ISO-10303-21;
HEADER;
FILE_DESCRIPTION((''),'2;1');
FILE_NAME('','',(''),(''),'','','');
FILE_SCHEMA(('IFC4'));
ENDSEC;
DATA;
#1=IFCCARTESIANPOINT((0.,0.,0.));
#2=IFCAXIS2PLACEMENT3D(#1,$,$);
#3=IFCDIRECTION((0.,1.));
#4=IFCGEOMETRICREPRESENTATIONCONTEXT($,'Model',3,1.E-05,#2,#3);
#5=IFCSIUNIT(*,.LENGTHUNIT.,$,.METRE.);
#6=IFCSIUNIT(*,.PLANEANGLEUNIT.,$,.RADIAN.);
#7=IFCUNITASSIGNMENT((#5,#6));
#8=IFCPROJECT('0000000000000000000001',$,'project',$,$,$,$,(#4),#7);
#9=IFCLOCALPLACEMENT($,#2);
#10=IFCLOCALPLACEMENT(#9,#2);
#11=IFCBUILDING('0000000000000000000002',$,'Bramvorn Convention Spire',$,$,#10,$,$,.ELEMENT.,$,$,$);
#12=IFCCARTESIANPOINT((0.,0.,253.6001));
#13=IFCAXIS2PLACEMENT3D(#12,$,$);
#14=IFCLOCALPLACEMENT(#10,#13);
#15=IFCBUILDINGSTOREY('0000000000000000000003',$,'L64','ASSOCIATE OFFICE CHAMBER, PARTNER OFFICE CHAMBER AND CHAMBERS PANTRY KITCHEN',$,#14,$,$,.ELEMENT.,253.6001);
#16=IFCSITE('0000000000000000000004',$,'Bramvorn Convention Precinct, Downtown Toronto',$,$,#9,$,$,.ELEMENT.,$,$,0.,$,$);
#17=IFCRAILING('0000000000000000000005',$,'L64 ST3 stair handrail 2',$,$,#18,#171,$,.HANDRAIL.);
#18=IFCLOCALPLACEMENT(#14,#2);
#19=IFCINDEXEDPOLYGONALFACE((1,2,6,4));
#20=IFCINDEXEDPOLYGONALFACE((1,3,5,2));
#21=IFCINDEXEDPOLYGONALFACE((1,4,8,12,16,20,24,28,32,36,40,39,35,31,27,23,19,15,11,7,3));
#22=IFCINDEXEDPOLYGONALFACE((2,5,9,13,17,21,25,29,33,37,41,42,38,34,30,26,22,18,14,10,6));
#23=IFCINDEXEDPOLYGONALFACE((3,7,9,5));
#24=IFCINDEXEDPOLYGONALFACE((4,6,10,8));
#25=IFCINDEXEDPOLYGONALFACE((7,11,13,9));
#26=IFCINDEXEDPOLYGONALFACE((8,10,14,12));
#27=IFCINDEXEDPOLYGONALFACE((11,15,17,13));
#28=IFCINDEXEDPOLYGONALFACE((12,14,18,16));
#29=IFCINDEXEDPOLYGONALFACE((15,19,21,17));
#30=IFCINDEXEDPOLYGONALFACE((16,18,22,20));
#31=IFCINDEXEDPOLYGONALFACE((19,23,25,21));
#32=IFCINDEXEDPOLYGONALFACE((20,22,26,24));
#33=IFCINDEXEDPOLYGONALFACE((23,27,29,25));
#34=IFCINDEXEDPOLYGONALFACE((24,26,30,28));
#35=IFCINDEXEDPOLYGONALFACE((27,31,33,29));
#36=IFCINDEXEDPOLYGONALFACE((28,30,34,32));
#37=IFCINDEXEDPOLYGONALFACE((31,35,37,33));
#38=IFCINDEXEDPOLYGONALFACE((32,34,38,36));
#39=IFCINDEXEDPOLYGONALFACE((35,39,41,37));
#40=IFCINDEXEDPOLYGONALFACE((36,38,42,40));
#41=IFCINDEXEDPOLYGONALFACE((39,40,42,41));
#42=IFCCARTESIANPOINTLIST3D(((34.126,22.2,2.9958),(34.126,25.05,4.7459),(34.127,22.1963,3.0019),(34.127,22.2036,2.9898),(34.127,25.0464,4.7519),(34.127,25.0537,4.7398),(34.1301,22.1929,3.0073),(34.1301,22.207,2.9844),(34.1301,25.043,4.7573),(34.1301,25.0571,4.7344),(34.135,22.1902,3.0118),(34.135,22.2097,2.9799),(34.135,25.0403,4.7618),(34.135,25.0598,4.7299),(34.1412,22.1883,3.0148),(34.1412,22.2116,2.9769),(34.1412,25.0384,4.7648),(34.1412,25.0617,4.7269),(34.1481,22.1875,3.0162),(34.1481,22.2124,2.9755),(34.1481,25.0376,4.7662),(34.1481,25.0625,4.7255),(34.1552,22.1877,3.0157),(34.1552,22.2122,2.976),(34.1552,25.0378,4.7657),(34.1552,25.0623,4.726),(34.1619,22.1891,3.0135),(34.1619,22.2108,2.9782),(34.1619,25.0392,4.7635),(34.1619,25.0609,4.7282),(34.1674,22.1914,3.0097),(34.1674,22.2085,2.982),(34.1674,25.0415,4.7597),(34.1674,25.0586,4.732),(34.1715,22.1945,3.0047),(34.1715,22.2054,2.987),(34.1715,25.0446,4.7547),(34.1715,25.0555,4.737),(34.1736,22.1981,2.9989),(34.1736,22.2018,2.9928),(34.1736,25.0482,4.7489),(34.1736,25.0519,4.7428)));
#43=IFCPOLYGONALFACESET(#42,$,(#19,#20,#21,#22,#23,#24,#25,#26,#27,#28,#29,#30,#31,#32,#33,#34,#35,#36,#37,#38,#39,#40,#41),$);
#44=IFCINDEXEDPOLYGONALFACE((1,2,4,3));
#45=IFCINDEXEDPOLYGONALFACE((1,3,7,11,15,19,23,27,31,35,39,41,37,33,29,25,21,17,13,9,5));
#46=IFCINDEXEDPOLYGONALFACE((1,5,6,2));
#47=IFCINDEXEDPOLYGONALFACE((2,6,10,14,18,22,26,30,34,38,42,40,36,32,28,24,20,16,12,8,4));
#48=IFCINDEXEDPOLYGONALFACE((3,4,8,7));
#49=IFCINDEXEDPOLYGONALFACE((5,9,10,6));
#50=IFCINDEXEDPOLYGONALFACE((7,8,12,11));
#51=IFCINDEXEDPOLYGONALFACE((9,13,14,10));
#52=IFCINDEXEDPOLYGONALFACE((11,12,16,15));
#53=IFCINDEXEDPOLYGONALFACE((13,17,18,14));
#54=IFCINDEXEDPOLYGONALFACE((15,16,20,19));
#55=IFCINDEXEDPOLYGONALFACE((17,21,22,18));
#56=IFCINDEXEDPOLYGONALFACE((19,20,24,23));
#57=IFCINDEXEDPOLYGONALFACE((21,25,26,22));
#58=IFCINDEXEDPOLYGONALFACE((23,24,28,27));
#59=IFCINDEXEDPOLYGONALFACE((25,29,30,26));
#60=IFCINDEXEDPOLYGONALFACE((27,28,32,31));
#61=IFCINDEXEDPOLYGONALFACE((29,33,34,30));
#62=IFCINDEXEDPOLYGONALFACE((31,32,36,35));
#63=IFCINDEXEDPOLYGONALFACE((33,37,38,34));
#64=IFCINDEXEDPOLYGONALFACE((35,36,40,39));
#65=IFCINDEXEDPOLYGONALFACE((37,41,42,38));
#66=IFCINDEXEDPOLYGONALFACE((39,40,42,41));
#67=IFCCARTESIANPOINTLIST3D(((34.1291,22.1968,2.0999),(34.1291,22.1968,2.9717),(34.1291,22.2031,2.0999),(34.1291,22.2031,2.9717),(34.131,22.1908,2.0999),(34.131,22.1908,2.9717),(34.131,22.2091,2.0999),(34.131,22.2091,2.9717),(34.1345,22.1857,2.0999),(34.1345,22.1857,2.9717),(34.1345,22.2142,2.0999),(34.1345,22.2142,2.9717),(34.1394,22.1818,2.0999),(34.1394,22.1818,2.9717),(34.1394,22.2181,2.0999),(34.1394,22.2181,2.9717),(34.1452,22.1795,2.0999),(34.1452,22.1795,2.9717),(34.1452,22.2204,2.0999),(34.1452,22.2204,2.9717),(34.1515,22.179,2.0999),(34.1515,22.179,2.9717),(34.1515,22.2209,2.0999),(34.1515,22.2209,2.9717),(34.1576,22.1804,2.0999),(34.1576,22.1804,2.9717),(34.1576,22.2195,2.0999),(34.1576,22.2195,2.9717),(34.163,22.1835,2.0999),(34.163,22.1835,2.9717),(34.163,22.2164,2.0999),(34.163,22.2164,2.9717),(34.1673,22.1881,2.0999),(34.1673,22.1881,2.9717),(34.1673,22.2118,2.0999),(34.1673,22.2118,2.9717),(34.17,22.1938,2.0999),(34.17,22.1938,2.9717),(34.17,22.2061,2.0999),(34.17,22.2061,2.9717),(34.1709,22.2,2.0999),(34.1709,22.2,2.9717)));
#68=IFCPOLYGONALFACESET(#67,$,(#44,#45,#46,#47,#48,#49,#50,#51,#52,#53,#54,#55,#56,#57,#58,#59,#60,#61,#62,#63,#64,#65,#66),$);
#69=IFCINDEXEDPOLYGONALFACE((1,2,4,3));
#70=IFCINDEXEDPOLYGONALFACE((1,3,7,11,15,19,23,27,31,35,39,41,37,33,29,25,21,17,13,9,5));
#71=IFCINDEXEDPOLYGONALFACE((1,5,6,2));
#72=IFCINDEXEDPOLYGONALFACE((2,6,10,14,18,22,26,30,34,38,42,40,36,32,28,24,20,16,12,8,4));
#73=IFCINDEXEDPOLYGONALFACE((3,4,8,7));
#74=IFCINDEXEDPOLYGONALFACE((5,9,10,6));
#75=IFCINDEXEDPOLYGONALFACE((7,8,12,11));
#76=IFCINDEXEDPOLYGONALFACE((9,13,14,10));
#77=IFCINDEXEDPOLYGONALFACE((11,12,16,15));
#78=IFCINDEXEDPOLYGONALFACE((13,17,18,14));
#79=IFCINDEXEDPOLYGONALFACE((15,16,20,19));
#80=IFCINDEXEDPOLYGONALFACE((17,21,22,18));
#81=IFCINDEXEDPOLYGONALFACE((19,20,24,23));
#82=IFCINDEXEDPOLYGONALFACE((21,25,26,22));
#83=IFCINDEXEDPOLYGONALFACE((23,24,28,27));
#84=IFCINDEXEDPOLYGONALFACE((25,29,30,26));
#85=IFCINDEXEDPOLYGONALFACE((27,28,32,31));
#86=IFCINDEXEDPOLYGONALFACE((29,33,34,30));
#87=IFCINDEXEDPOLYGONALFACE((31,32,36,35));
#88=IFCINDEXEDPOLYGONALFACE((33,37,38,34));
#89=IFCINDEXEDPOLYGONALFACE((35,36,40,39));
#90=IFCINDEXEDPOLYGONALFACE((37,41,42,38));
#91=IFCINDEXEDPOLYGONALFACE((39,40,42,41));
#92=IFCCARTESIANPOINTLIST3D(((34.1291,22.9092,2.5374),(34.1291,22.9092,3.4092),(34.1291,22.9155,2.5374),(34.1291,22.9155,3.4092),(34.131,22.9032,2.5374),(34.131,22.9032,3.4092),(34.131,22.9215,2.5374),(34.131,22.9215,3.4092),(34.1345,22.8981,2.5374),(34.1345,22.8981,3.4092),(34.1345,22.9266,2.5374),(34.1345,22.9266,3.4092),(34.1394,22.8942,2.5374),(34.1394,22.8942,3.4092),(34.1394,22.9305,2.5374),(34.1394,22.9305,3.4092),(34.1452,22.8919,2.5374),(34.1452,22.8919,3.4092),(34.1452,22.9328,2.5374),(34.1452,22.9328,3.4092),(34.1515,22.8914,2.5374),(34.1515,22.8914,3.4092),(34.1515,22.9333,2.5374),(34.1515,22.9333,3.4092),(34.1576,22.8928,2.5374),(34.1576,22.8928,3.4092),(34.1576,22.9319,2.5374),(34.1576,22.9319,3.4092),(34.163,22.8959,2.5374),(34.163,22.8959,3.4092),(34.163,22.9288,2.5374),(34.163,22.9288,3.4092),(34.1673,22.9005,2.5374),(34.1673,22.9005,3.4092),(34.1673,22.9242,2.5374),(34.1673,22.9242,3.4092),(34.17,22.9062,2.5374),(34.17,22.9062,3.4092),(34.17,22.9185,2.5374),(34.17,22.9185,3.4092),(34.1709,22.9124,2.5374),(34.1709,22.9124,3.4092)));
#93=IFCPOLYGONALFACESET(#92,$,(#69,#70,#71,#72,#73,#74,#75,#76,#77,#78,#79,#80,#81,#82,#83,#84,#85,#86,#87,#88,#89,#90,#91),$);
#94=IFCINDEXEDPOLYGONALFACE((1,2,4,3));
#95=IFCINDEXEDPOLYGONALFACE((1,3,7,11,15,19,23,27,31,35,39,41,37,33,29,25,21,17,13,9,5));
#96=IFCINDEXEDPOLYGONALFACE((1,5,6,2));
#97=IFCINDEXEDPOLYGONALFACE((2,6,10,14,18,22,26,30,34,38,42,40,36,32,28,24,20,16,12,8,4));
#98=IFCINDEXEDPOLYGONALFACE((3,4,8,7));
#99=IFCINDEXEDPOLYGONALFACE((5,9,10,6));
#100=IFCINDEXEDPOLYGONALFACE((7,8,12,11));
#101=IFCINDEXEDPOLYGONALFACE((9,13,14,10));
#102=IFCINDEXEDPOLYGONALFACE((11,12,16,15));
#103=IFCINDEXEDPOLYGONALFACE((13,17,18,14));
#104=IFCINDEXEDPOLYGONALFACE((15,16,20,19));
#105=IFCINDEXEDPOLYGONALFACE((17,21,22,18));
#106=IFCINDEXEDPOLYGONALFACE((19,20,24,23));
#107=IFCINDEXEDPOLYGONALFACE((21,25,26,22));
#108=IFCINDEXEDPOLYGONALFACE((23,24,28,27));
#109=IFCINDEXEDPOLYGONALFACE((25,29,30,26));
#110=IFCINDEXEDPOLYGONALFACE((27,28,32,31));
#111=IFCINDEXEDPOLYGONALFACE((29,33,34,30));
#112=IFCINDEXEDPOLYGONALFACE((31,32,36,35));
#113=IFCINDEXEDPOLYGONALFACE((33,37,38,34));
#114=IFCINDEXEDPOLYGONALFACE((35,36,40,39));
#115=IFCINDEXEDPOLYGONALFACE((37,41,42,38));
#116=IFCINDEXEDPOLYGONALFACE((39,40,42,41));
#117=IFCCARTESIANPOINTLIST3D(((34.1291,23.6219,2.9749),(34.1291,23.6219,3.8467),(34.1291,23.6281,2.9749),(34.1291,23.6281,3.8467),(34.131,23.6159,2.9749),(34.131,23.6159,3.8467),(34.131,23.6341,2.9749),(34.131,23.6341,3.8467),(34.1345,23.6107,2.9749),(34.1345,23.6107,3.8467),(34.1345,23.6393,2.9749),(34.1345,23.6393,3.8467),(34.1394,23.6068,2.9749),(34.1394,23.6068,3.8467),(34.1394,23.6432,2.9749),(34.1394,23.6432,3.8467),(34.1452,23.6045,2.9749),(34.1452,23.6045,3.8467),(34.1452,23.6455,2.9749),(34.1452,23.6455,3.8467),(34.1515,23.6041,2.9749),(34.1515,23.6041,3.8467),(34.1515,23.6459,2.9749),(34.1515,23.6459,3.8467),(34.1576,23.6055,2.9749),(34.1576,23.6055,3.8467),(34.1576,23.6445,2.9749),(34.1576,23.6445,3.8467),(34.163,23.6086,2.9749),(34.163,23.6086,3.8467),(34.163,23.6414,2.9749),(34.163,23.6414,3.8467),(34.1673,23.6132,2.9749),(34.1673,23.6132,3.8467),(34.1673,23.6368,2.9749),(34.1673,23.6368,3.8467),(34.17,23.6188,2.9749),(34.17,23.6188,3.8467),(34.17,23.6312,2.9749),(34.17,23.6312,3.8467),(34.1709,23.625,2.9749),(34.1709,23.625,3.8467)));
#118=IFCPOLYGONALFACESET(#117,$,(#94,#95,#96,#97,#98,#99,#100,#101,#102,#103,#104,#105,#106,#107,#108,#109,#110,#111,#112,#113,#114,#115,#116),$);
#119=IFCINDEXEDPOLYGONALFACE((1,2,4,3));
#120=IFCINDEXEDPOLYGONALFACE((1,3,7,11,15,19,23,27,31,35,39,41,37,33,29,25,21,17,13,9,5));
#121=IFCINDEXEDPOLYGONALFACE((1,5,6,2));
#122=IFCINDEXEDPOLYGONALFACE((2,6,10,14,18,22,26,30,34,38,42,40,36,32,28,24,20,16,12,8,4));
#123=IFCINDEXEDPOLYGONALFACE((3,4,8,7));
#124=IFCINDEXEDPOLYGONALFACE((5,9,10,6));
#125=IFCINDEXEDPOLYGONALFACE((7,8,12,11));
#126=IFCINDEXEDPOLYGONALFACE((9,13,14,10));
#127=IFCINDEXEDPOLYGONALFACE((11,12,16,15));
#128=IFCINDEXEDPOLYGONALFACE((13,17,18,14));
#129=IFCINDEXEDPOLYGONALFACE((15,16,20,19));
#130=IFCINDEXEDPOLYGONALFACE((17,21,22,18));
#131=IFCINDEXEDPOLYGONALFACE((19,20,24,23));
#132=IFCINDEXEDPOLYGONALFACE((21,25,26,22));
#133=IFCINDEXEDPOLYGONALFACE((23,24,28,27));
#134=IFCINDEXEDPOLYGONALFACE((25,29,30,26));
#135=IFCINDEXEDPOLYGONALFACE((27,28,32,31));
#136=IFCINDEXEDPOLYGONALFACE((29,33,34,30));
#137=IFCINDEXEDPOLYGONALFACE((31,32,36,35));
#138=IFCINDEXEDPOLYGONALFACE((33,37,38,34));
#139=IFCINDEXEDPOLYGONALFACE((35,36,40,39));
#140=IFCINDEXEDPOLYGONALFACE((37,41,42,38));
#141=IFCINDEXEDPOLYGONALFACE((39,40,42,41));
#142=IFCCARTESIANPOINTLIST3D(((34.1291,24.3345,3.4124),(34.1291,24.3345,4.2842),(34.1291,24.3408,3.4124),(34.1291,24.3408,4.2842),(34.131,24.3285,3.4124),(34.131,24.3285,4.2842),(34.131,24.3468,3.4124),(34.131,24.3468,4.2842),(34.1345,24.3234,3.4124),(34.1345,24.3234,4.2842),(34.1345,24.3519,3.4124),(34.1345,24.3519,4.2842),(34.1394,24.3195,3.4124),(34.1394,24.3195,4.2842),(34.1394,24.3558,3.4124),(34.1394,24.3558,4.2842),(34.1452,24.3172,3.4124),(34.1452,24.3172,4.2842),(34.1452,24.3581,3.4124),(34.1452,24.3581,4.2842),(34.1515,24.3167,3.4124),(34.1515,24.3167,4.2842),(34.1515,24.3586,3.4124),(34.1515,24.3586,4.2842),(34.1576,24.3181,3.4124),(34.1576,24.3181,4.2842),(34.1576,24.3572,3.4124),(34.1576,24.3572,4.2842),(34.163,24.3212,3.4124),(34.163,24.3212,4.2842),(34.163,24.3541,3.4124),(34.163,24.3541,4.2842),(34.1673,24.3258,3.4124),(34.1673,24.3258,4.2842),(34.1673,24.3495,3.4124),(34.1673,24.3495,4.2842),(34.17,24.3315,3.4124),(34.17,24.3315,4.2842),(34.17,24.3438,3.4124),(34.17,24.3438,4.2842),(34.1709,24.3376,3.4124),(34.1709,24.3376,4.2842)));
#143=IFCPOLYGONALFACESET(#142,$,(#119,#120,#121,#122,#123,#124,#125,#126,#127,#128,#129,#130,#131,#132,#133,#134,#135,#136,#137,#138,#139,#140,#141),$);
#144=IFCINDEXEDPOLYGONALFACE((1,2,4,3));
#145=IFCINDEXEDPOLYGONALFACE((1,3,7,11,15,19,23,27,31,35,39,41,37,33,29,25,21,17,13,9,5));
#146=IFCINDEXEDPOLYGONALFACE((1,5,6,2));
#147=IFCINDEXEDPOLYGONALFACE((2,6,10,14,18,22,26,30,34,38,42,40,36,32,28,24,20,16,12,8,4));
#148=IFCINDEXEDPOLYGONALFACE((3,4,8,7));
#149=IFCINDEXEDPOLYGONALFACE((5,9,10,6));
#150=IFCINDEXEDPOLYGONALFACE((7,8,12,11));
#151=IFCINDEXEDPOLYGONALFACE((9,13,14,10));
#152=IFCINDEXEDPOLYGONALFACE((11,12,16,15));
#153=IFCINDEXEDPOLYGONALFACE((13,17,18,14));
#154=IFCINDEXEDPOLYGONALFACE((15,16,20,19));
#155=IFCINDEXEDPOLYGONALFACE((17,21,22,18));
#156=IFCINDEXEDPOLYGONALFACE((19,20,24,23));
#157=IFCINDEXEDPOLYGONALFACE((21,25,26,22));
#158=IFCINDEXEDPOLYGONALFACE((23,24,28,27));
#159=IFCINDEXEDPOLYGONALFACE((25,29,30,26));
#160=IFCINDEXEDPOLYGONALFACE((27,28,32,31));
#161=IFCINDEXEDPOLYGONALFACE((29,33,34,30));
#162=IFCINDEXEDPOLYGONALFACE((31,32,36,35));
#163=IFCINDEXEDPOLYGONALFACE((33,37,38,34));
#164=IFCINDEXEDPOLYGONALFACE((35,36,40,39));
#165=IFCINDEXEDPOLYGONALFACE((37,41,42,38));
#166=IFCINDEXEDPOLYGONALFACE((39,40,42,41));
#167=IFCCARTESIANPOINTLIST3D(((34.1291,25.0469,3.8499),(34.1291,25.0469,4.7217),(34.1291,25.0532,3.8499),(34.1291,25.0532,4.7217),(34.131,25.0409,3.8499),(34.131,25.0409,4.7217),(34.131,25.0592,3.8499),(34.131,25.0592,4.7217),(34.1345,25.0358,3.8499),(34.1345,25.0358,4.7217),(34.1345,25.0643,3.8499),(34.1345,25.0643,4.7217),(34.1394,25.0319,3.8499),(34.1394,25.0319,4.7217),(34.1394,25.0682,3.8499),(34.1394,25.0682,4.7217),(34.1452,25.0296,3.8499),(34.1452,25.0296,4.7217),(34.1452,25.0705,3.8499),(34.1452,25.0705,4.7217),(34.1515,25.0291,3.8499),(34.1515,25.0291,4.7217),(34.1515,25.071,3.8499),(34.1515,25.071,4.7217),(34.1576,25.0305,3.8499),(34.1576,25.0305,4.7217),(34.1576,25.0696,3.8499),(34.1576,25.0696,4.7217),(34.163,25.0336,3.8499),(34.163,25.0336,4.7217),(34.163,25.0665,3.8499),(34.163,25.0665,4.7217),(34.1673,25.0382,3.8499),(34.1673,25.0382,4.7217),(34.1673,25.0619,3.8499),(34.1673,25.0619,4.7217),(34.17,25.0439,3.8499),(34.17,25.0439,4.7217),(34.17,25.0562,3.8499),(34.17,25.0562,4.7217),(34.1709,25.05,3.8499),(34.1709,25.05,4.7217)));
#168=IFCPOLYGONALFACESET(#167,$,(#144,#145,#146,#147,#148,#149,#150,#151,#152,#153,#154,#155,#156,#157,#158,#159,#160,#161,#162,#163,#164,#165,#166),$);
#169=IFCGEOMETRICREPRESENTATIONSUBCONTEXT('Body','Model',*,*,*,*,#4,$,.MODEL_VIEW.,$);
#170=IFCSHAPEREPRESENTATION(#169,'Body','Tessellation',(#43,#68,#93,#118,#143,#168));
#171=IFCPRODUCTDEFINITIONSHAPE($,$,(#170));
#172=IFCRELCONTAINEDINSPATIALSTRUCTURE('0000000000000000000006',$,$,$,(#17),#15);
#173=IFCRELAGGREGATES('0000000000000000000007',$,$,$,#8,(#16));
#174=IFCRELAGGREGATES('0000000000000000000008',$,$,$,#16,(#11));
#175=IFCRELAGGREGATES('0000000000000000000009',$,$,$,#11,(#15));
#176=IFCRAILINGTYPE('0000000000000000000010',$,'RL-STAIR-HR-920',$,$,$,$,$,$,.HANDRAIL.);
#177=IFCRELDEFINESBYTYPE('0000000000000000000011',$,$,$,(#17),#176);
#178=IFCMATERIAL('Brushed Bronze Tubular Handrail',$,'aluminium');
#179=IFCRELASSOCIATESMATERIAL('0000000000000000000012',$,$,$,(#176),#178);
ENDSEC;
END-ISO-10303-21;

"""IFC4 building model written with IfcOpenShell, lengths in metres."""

from ifc_helpers import new_model, si_unit, direction, frame, origin, origin_2d, place, context, subcontext, project, spatial, circle, extrude, material, type_object, element, save


model = new_model("IFC4")

# Units and contexts
model_context = context("Model", 3, precision=1e-05, world=origin(), true_north=direction((0.0, 1.0)))
body_context = subcontext(model_context, "Body", "Model", "MODEL_VIEW")
ifc_project = project(units=[si_unit("LENGTHUNIT", "METRE"), si_unit("PLANEANGLEUNIT", "RADIAN")], contexts=[model_context])

# Site, building, storey
site_placement = place(None, origin())
site = spatial("IfcSite", under=ifc_project, at=site_placement, Name="Bramvorn Convention Precinct, Downtown Toronto", CompositionType="ELEMENT", RefElevation=0.0)
building_placement = place(site_placement, origin())
building = spatial("IfcBuilding", under=site, at=building_placement, Name="Bramvorn Convention Spire", CompositionType="ELEMENT")
storey_placement = place(building_placement, frame((0.0, 0.0, 253.6001)))
storey = spatial("IfcBuildingStorey", under=building, at=storey_placement, Name="L64", Description="ASSOCIATE OFFICE CHAMBER, PARTNER OFFICE CHAMBER AND CHAMBERS PANTRY KITCHEN", CompositionType="ELEMENT", Elevation=253.6001)

# Railing
ifc_material_1 = material(Name="Brushed Bronze Tubular Handrail", Category="aluminium")
railing_type_1 = type_object("IfcRailingType", Name="RL-STAIR-HR-920", PredefinedType="HANDRAIL", material=ifc_material_1)
railing_1_placement = place(storey_placement, frame((34.1499, 22.2, 2.0999)))
element("IfcRailing", 1, at=railing_1_placement, inside=storey, type_object=railing_type_1, Name="L64 ST3 stair handrail 2", PredefinedType="HANDRAIL", context=body_context, shape_type="SweptSolid", body=[
    extrude(circle(Radius=0.0239, at=origin_2d()), frame((0.0, 0.0, 0.896), z_axis=(0.0, 0.852179, 0.52325), x_axis=(-1.0, 0.0, 0.0)), (0.0, 0.0, 1.0), 3.3445),
    extrude(circle(Radius=0.021, at=origin_2d()), origin(), (0.0, 0.0, 1.0), 0.8718),
    extrude(circle(Radius=0.021, at=origin_2d()), frame((0.0, 0.7124, 0.4375)), (0.0, 0.0, 1.0), 0.8718),
    extrude(circle(Radius=0.021, at=origin_2d()), frame((0.0, 1.425, 0.875)), (0.0, 0.0, 1.0), 0.8718),
    extrude(circle(Radius=0.021, at=origin_2d()), frame((0.0, 2.1377, 1.3125)), (0.0, 0.0, 1.0), 0.8718),
    extrude(circle(Radius=0.021, at=origin_2d()), frame((0.0, 2.8501, 1.75)), (0.0, 0.0, 1.0), 0.8718),
])

save(model, "model.ifc")
